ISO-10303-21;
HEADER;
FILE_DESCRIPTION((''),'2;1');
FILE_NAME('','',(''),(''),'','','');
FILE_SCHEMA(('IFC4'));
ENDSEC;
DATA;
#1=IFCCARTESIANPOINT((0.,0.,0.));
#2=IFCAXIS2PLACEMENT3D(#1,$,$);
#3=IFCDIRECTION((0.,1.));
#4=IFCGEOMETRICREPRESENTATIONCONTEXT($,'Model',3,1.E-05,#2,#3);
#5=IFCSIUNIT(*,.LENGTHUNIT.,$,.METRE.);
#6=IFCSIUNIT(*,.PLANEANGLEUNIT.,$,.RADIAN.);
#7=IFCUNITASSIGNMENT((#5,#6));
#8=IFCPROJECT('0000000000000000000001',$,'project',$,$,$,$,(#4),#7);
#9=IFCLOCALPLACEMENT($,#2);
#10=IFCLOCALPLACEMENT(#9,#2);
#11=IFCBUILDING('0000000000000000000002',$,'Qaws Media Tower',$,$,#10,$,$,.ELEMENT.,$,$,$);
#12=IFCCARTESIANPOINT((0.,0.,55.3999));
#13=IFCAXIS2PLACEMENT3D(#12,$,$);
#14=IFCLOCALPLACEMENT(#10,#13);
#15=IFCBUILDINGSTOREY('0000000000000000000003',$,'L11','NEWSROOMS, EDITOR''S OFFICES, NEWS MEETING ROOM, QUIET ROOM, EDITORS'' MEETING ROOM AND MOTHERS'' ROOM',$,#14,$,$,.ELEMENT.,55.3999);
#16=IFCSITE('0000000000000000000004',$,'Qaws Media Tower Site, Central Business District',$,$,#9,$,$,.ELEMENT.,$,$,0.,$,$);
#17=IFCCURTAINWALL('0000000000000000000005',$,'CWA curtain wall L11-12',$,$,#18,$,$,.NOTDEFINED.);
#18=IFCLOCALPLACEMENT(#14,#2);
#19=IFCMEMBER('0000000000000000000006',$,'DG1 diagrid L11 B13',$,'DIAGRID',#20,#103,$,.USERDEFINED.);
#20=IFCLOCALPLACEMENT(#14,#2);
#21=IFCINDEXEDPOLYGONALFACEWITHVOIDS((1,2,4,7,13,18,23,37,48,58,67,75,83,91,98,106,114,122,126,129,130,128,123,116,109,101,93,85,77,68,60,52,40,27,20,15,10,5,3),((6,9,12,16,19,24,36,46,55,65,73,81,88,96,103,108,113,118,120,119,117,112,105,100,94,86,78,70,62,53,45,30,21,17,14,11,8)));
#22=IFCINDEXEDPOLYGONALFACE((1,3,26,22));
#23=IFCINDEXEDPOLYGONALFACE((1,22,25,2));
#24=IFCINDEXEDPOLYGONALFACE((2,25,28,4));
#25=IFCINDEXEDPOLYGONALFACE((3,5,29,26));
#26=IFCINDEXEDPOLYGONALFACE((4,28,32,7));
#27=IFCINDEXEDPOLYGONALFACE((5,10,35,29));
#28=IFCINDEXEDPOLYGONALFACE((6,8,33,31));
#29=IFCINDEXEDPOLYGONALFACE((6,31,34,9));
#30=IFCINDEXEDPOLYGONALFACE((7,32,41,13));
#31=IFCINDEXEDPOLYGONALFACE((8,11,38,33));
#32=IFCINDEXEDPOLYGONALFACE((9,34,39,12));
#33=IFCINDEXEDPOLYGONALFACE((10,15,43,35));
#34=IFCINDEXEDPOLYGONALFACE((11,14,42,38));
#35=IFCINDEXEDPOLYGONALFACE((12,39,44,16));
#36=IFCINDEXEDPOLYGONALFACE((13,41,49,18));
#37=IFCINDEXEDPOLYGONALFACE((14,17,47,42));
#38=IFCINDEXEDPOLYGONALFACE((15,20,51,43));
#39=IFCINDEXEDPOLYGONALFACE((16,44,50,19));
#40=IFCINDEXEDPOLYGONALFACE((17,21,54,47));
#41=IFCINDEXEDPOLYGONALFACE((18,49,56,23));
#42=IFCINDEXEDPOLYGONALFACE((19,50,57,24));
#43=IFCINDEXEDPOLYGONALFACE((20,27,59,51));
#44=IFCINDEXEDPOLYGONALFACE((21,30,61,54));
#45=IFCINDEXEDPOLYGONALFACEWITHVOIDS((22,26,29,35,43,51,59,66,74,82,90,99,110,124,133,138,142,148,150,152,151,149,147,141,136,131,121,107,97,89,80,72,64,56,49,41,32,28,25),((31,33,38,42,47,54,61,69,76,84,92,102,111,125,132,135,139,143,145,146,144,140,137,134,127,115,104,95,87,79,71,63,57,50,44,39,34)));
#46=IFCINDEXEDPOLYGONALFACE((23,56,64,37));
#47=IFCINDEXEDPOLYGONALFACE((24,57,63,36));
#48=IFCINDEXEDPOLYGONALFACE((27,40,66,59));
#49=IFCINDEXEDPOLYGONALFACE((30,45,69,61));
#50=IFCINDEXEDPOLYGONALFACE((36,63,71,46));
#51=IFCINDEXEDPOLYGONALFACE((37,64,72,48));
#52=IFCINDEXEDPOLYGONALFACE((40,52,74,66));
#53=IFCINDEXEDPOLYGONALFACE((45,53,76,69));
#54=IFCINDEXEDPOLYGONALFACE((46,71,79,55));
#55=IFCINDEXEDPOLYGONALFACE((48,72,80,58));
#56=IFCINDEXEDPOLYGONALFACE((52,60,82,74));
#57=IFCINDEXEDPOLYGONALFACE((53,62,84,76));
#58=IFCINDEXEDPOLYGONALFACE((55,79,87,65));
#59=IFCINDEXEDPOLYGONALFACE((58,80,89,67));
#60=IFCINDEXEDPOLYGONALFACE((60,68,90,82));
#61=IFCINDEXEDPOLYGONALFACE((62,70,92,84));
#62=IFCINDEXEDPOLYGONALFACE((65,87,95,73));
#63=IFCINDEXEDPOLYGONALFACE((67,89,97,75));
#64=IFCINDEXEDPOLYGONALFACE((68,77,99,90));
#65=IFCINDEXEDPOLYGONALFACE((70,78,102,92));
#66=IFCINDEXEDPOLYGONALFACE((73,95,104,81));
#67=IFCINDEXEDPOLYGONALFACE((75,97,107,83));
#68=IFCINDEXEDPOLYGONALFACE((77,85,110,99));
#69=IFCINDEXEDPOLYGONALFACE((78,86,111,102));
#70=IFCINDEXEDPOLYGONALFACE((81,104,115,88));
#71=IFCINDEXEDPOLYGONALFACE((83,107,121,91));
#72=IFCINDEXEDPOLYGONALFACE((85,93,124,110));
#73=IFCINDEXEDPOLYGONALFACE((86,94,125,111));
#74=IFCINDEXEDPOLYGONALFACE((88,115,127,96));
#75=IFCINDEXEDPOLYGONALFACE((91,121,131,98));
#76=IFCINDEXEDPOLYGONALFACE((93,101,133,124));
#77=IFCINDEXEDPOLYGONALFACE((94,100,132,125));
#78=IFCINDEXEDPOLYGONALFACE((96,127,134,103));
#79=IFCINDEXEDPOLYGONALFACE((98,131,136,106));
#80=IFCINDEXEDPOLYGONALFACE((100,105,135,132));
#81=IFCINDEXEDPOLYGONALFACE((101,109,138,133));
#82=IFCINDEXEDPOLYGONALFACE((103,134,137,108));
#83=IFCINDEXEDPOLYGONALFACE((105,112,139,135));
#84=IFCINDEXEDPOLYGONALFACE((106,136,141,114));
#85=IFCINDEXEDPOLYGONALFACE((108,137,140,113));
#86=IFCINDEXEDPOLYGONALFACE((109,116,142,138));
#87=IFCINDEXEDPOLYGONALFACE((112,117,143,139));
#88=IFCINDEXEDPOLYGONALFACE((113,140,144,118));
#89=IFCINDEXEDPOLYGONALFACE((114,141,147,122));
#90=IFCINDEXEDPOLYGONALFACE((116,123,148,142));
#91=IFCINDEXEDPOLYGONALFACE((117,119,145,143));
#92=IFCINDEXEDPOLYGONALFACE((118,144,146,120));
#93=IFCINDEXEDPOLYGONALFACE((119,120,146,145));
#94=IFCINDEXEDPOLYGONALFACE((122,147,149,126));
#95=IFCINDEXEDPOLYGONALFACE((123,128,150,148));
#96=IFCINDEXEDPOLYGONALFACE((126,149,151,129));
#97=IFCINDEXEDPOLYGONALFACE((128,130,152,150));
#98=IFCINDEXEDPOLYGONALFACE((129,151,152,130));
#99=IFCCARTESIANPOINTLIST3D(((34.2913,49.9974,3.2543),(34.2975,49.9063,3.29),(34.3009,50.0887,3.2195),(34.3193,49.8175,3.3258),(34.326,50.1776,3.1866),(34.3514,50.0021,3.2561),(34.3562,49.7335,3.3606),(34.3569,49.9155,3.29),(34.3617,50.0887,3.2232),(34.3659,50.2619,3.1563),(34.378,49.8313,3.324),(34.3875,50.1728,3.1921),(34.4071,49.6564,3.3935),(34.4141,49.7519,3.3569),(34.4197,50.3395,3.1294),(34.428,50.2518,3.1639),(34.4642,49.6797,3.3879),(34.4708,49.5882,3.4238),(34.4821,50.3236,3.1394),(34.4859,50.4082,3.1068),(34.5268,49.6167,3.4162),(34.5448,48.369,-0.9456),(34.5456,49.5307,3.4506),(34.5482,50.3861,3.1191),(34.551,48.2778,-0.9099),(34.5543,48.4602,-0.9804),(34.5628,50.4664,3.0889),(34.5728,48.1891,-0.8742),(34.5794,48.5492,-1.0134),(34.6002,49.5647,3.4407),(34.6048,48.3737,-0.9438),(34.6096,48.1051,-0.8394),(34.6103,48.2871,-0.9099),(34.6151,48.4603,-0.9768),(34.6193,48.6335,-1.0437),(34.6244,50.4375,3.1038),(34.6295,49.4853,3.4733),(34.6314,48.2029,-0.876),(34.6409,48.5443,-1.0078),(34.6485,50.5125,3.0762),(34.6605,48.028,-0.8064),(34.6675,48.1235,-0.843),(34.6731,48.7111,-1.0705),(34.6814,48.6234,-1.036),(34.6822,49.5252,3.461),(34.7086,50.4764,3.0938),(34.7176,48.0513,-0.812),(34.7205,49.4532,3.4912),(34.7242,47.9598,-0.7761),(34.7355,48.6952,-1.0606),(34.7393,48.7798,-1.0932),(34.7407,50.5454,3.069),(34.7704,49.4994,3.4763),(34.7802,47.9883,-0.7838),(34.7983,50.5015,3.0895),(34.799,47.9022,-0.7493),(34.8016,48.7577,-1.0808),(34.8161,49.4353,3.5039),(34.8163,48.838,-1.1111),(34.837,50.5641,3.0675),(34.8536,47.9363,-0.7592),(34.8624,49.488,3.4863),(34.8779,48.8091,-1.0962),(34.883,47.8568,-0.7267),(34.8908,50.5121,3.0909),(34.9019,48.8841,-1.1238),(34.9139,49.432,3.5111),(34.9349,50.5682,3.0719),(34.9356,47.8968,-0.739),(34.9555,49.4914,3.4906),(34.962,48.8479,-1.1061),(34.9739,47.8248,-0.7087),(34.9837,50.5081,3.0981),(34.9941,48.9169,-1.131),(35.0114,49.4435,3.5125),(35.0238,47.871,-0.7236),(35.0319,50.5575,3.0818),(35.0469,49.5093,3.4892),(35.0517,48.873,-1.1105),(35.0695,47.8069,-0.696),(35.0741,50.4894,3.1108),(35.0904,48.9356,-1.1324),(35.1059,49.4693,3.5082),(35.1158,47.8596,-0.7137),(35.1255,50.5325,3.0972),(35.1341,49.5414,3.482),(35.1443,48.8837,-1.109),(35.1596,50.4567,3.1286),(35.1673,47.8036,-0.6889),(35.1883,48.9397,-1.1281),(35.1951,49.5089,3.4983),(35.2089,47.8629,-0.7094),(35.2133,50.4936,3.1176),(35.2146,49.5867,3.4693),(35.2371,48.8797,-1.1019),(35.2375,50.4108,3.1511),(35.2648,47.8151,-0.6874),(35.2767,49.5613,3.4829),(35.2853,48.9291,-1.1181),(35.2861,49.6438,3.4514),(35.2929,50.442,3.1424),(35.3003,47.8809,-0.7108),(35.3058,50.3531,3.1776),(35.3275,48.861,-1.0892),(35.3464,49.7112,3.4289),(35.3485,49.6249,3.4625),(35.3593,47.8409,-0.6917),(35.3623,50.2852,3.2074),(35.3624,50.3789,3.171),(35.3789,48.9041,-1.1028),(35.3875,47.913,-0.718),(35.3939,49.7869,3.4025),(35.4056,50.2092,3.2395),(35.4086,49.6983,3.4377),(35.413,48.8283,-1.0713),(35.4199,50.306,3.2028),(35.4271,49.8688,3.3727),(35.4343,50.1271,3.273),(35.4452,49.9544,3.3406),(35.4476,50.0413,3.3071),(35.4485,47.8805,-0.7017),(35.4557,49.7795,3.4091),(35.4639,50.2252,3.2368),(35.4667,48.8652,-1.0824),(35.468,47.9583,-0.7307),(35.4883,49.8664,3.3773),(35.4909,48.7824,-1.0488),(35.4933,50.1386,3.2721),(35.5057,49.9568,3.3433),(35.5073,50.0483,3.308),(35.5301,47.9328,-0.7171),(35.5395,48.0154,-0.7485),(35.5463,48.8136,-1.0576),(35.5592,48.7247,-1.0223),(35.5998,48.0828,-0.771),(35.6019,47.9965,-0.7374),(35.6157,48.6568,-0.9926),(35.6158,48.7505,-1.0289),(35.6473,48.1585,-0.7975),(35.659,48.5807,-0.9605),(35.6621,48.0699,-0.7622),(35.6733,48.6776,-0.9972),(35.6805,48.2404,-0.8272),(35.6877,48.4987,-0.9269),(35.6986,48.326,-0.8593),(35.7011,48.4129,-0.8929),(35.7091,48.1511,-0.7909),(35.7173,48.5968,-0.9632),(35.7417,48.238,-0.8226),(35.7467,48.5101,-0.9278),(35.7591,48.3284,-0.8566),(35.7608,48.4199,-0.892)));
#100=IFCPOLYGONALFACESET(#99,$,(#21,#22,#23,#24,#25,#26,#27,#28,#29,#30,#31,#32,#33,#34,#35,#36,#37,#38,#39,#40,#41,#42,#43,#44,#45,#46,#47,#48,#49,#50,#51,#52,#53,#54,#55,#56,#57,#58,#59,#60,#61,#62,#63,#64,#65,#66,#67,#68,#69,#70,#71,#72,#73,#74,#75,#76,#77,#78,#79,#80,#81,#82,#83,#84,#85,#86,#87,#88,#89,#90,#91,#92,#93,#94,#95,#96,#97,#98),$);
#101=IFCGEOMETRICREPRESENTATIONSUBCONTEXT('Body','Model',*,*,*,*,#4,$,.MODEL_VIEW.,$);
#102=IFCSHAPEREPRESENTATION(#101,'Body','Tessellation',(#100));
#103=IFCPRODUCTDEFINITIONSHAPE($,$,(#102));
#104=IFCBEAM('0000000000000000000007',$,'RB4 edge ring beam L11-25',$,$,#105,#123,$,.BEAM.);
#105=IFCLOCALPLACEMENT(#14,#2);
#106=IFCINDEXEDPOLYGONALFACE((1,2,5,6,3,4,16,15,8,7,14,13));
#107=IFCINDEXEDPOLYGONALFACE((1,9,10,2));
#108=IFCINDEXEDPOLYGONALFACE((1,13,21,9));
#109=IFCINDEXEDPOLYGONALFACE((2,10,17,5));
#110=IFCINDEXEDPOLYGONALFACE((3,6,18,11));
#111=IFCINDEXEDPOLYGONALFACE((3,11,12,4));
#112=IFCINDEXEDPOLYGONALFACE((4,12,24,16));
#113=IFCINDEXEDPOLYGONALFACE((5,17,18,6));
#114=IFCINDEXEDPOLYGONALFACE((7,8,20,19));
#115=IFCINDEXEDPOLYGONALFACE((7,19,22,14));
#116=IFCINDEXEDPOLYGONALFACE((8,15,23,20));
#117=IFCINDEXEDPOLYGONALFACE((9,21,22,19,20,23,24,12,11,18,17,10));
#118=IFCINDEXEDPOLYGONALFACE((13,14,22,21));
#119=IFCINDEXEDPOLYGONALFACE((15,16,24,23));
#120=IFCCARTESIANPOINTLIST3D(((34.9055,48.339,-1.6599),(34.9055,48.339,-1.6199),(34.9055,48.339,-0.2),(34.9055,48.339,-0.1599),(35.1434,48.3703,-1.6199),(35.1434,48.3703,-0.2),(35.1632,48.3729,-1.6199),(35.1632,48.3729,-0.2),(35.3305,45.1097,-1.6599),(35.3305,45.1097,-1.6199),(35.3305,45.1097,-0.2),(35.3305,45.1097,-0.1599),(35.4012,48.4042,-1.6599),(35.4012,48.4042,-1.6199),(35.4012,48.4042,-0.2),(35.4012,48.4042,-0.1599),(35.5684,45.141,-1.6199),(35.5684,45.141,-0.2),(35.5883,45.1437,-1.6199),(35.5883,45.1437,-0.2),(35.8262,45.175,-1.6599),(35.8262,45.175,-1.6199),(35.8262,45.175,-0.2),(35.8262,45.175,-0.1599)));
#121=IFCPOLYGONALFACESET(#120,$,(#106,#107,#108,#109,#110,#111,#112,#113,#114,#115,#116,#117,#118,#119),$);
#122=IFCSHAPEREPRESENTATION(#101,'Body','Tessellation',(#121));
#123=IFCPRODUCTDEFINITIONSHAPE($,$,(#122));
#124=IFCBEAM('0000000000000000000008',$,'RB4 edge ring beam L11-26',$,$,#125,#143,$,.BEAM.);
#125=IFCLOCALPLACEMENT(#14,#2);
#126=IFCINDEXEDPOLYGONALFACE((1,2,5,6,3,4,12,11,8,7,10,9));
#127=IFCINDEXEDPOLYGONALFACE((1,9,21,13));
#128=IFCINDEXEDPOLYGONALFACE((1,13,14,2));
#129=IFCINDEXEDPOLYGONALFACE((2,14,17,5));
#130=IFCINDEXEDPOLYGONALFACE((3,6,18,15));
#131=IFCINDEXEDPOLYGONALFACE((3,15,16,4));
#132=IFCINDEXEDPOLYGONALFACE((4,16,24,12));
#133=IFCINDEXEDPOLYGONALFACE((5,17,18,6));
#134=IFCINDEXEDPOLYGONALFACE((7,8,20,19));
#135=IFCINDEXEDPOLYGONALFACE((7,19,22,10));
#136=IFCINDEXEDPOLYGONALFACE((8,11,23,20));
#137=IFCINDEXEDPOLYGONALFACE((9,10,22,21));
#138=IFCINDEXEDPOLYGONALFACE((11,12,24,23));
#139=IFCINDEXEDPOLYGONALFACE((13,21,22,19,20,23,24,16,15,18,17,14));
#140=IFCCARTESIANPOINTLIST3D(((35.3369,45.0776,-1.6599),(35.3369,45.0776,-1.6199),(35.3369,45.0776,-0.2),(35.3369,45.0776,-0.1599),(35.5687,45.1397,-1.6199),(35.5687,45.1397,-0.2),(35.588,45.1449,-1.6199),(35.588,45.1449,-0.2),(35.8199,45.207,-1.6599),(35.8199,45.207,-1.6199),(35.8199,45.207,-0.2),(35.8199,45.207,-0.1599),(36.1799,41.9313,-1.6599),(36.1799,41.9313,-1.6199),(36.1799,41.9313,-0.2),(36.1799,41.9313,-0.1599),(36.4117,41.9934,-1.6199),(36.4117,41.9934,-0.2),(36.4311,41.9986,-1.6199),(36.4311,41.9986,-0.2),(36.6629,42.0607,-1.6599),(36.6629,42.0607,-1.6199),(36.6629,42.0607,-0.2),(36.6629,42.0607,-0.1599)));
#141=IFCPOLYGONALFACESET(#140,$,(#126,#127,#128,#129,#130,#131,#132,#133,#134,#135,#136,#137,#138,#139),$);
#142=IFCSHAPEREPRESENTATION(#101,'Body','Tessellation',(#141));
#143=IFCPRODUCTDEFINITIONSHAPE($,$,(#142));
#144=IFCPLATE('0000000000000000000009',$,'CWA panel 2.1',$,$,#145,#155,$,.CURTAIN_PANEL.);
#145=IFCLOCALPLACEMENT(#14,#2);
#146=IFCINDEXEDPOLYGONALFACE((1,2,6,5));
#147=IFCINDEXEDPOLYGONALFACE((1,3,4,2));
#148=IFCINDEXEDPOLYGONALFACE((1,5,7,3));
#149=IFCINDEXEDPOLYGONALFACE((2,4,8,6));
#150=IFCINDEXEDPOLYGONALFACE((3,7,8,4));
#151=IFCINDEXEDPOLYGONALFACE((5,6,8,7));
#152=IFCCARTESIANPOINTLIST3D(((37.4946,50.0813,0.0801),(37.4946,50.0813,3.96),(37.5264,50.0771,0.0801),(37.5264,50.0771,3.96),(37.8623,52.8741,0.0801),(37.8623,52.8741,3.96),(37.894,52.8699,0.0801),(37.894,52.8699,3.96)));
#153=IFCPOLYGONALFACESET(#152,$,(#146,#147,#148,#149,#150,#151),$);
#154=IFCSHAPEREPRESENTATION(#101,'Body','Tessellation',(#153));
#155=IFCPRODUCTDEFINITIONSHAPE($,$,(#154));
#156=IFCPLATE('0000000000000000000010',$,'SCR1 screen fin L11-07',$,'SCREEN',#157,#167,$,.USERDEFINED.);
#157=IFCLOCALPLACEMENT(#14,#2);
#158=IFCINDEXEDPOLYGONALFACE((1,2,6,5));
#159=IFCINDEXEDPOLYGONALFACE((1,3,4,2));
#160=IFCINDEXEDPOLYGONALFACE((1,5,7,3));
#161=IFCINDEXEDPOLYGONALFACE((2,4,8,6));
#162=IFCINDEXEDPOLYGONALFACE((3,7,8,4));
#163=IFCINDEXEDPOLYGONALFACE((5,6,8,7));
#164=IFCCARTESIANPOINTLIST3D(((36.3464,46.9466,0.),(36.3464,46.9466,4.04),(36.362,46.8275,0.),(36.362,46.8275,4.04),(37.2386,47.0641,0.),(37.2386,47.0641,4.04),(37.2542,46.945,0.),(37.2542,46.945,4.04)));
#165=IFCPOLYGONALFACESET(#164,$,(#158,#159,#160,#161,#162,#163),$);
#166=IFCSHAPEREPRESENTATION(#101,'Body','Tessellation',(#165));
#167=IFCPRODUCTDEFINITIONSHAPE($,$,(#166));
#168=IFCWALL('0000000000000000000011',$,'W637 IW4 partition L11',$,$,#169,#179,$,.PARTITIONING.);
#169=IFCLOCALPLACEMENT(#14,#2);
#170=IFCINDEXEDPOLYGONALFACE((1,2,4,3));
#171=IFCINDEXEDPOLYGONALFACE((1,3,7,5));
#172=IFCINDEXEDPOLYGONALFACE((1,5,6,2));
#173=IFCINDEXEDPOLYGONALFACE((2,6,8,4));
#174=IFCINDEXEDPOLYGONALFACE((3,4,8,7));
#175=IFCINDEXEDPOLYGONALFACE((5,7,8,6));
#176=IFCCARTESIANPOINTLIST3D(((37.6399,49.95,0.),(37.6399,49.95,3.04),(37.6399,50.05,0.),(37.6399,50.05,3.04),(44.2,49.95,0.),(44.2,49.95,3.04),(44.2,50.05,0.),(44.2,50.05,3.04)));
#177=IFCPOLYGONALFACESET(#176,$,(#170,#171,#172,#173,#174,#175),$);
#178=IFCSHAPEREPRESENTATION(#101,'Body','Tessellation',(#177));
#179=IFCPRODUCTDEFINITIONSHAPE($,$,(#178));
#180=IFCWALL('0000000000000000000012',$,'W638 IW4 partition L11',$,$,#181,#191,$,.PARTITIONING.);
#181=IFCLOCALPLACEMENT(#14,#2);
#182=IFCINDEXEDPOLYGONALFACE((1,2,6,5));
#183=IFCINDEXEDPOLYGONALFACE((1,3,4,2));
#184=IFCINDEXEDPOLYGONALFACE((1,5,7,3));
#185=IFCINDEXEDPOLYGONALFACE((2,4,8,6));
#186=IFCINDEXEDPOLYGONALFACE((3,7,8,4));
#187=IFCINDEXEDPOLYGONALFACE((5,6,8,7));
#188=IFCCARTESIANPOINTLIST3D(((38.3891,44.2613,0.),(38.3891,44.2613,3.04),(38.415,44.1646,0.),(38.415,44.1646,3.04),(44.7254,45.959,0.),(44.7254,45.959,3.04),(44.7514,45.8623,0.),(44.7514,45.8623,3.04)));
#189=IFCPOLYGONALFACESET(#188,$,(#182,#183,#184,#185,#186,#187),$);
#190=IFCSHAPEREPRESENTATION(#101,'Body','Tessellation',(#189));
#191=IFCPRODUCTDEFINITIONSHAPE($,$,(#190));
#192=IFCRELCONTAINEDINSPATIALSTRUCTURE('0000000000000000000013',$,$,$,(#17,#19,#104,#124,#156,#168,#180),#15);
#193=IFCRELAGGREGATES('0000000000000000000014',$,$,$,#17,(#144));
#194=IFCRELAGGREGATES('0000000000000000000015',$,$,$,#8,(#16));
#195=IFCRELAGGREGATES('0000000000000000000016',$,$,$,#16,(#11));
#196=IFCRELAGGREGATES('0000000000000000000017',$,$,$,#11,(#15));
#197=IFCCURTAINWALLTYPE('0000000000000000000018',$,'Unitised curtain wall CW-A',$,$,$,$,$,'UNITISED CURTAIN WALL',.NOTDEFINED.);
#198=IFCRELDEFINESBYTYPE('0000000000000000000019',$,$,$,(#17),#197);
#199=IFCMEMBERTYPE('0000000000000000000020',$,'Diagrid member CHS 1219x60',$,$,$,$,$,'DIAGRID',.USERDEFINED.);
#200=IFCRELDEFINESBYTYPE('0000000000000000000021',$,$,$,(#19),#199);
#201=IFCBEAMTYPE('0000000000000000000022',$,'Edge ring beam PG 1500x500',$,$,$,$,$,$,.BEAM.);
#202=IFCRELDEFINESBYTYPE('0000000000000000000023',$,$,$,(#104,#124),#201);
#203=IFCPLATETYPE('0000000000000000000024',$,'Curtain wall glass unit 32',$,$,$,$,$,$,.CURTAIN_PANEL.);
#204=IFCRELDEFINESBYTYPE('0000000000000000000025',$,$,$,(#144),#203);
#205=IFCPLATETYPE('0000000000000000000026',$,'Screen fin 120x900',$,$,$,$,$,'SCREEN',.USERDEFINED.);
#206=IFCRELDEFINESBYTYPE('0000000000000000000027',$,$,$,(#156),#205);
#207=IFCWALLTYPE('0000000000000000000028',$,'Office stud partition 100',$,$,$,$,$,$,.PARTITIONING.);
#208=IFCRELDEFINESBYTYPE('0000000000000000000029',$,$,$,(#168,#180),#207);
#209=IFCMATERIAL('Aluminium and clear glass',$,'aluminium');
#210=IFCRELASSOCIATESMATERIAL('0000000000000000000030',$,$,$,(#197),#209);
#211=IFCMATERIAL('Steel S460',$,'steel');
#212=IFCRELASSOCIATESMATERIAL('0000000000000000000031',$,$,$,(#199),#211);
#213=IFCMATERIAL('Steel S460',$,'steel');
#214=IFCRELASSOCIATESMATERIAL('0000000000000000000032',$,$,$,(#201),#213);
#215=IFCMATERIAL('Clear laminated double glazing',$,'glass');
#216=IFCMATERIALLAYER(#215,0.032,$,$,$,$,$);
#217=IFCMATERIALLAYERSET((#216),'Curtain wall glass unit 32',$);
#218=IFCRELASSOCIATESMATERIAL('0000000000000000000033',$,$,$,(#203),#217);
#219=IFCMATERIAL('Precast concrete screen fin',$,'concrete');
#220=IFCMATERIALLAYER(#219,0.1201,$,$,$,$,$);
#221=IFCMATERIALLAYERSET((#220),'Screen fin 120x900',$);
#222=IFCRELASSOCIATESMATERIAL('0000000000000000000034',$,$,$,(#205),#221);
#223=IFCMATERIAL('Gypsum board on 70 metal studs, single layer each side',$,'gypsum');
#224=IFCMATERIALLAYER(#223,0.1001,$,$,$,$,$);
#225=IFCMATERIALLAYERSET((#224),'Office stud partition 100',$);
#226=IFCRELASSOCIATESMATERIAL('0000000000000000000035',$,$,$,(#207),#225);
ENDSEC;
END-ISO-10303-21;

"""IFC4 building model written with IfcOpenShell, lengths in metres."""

from ifc_helpers import new_model, si_unit, direction, frame, frame_2d, origin, origin_2d, place, context, subcontext, project, spatial, rectangle, hollow_circle, i_section, extrude, material, layer, layer_set, material_profile, profile_set, type_object, element, aggregate, save


model = new_model("IFC4")

# Units and contexts
model_context = context("Model", 3, precision=1e-05, world=origin(), true_north=direction((0.0, 1.0)))
body_context = subcontext(model_context, "Body", "Model", "MODEL_VIEW")
ifc_project = project(units=[si_unit("LENGTHUNIT", "METRE"), si_unit("PLANEANGLEUNIT", "RADIAN")], contexts=[model_context])

# Site, building, storey
site_placement = place(None, origin())
site = spatial("IfcSite", under=ifc_project, at=site_placement, Name="Qaws Media Tower Site, Central Business District", CompositionType="ELEMENT", RefElevation=0.0)
building_placement = place(site_placement, origin())
building = spatial("IfcBuilding", under=site, at=building_placement, Name="Qaws Media Tower", CompositionType="ELEMENT")
storey_placement = place(building_placement, frame((0.0, 0.0, 55.3999)))
storey = spatial("IfcBuildingStorey", under=building, at=storey_placement, Name="L11", Description="NEWSROOMS, EDITOR'S OFFICES, NEWS MEETING ROOM, QUIET ROOM, EDITORS' MEETING ROOM AND MOTHERS' ROOM", CompositionType="ELEMENT", Elevation=55.3999)

# Curtain wall
ifc_material_1 = material(Name="Aluminium and clear glass", Category="aluminium")
curtain_wall_type = type_object("IfcCurtainWallType", Name="Unitised curtain wall CW-A", ElementType="UNITISED CURTAIN WALL", PredefinedType="NOTDEFINED", material=ifc_material_1)
curtain_wall_1_placement = place(storey_placement, origin())
curtain_wall_1 = element("IfcCurtainWall", 1, at=curtain_wall_1_placement, inside=storey, type_object=curtain_wall_type, Name="CWA curtain wall L11-12", PredefinedType="NOTDEFINED")

# Member
ifc_material_2 = material(Name="Steel S460", Category="steel")
ifc_material_profile_1 = material_profile(ifc_material_2, hollow_circle(Radius=0.6096, WallThickness=0.0601, at=origin_2d()), Name="CHS 1219x60")
ifc_profile_set_1 = profile_set([ifc_material_profile_1], Name="Steel S460")
member_type_1 = type_object("IfcMemberType", Name="Diagrid member CHS 1219x60", ElementType="DIAGRID", PredefinedType="USERDEFINED", material=ifc_profile_set_1)
for number, where, z_axis, x_axis, name in (
    (2, (35.1533, 48.3716, -0.9099), (-0.056169, 0.360931, 0.930899), (-0.988106, -0.153771, 0.0), "DG1 diagrid L11 B13"),
):
    element("IfcMember", number, at=place(storey_placement, frame(where, z_axis=z_axis, x_axis=x_axis)), inside=storey, type_object=member_type_1, Name=name, ObjectType="DIAGRID", PredefinedType="USERDEFINED", context=body_context, shape_type="SweptSolid", body=[
        extrude(hollow_circle(Radius=0.6096, WallThickness=0.0601, at=origin_2d()), origin(), (0.0, 0.0, 1.0), 4.5117),
    ])

# Beams
ifc_material_3 = material(Name="Steel S460", Category="steel")
ifc_material_profile_2 = material_profile(ifc_material_3, i_section(OverallWidth=0.5, OverallDepth=1.5, WebThickness=0.02, FlangeThickness=0.04, at=origin_2d()), Name="PG 1500x500")
ifc_profile_set_2 = profile_set([ifc_material_profile_2], Name="Steel S460")
beam_type = type_object("IfcBeamType", Name="Edge ring beam PG 1500x500", PredefinedType="BEAM", material=ifc_profile_set_2)
beam_1_placement = place(storey_placement, frame((35.1533, 48.3716, -0.9099), z_axis=(0.130499, -0.991448, 0.0), x_axis=(0.991448, 0.130499, 0.0)))
element("IfcBeam", 3, at=beam_1_placement, inside=storey, type_object=beam_type, Name="RB4 edge ring beam L11-25", PredefinedType="BEAM", context=body_context, shape_type="SweptSolid", body=[
    extrude(i_section(OverallWidth=0.5, OverallDepth=1.5, WebThickness=0.02, FlangeThickness=0.04, at=origin_2d()), origin(), (0.0, 0.0, 1.0), 3.2571),
])
beam_2_placement = place(storey_placement, frame((35.5784, 45.1423, -0.9099), z_axis=(0.258815, -0.965927, 0.0), x_axis=(0.965927, 0.258815, 0.0)))
element("IfcBeam", 4, at=beam_2_placement, inside=storey, type_object=beam_type, Name="RB4 edge ring beam L11-26", PredefinedType="BEAM", context=body_context, shape_type="SweptSolid", body=[
    extrude(i_section(OverallWidth=0.5, OverallDepth=1.5, WebThickness=0.02, FlangeThickness=0.04, at=origin_2d()), origin(), (0.0, 0.0, 1.0), 3.2573),
])

# Plates
ifc_material_4 = material(Name="Clear laminated double glazing", Category="glass")
ifc_layer_1 = layer(ifc_material_4, 0.032)
ifc_layer_set_1 = layer_set([ifc_layer_1], Name="Curtain wall glass unit 32")
plate_type_1 = type_object("IfcPlateType", Name="Curtain wall glass unit 32", PredefinedType="CURTAIN_PANEL", material=ifc_layer_set_1)
plate_1_placement = place(storey_placement, frame((37.6943, 51.4756, 0.0801), z_axis=(0.0, 0.0, 1.0), x_axis=(-0.130526, -0.991445, 0.0)))
plate_1 = element("IfcPlate", 5, at=plate_1_placement, type_object=plate_type_1, Name="CWA panel 2.1", PredefinedType="CURTAIN_PANEL", context=body_context, shape_type="SweptSolid", body=[
    extrude(rectangle(XDim=2.8169, YDim=0.032, at=origin_2d()), origin(), (0.0, 0.0, 1.0), 3.8799),
])
aggregate(curtain_wall_1, [plate_1])
ifc_material_5 = material(Name="Precast concrete screen fin", Category="concrete")
ifc_layer_2 = layer(ifc_material_5, 0.1201)
ifc_layer_set_2 = layer_set([ifc_layer_2], Name="Screen fin 120x900")
plate_type_2 = type_object("IfcPlateType", Name="Screen fin 120x900", ElementType="SCREEN", PredefinedType="USERDEFINED", material=ifc_layer_set_2)
plate_2_placement = place(storey_placement, frame((36.8003, 46.9458, 0.0), z_axis=(0.0, 0.0, 1.0), x_axis=(-0.991445, -0.130526, 0.0)))
element("IfcPlate", 6, at=plate_2_placement, inside=storey, type_object=plate_type_2, Name="SCR1 screen fin L11-07", ObjectType="SCREEN", PredefinedType="USERDEFINED", context=body_context, shape_type="SweptSolid", body=[
    extrude(rectangle(XDim=0.8999, YDim=0.1201, at=origin_2d()), origin(), (0.0, 0.0, 1.0), 4.04),
])

# Walls
ifc_material_6 = material(Name="Gypsum board on 70 metal studs, single layer each side", Category="gypsum")
ifc_layer_3 = layer(ifc_material_6, 0.1001)
ifc_layer_set_3 = layer_set([ifc_layer_3], Name="Office stud partition 100")
wall_type_1 = type_object("IfcWallType", Name="Office stud partition 100", PredefinedType="PARTITIONING", material=ifc_layer_set_3)
wall_1_placement = place(storey_placement, frame((44.2, 50.0, 0.0), z_axis=(0.0, 0.0, 1.0), x_axis=(-1.0, 0.0, 0.0)))
element("IfcWall", 7, at=wall_1_placement, inside=storey, type_object=wall_type_1, Name="W637 IW4 partition L11", PredefinedType="PARTITIONING", context=body_context, shape_type="SweptSolid", body=[
    extrude(rectangle(XDim=6.5601, YDim=0.1001, at=frame_2d((3.28, 0.0))), origin(), (0.0, 0.0, 1.0), 3.04),
])
wall_2_placement = place(storey_placement, frame((44.7383, 45.9106, 0.0), z_axis=(0.0, 0.0, 1.0), x_axis=(-0.965929, -0.258807, 0.0)))
element("IfcWall", 8, at=wall_2_placement, inside=storey, type_object=wall_type_1, Name="W638 IW4 partition L11", PredefinedType="PARTITIONING", context=body_context, shape_type="SweptSolid", body=[
    extrude(rectangle(XDim=6.5598, YDim=0.1001, at=frame_2d((3.2798, 0.0))), origin(), (0.0, 0.0, 1.0), 3.04),
])

save(model, "model.ifc")
